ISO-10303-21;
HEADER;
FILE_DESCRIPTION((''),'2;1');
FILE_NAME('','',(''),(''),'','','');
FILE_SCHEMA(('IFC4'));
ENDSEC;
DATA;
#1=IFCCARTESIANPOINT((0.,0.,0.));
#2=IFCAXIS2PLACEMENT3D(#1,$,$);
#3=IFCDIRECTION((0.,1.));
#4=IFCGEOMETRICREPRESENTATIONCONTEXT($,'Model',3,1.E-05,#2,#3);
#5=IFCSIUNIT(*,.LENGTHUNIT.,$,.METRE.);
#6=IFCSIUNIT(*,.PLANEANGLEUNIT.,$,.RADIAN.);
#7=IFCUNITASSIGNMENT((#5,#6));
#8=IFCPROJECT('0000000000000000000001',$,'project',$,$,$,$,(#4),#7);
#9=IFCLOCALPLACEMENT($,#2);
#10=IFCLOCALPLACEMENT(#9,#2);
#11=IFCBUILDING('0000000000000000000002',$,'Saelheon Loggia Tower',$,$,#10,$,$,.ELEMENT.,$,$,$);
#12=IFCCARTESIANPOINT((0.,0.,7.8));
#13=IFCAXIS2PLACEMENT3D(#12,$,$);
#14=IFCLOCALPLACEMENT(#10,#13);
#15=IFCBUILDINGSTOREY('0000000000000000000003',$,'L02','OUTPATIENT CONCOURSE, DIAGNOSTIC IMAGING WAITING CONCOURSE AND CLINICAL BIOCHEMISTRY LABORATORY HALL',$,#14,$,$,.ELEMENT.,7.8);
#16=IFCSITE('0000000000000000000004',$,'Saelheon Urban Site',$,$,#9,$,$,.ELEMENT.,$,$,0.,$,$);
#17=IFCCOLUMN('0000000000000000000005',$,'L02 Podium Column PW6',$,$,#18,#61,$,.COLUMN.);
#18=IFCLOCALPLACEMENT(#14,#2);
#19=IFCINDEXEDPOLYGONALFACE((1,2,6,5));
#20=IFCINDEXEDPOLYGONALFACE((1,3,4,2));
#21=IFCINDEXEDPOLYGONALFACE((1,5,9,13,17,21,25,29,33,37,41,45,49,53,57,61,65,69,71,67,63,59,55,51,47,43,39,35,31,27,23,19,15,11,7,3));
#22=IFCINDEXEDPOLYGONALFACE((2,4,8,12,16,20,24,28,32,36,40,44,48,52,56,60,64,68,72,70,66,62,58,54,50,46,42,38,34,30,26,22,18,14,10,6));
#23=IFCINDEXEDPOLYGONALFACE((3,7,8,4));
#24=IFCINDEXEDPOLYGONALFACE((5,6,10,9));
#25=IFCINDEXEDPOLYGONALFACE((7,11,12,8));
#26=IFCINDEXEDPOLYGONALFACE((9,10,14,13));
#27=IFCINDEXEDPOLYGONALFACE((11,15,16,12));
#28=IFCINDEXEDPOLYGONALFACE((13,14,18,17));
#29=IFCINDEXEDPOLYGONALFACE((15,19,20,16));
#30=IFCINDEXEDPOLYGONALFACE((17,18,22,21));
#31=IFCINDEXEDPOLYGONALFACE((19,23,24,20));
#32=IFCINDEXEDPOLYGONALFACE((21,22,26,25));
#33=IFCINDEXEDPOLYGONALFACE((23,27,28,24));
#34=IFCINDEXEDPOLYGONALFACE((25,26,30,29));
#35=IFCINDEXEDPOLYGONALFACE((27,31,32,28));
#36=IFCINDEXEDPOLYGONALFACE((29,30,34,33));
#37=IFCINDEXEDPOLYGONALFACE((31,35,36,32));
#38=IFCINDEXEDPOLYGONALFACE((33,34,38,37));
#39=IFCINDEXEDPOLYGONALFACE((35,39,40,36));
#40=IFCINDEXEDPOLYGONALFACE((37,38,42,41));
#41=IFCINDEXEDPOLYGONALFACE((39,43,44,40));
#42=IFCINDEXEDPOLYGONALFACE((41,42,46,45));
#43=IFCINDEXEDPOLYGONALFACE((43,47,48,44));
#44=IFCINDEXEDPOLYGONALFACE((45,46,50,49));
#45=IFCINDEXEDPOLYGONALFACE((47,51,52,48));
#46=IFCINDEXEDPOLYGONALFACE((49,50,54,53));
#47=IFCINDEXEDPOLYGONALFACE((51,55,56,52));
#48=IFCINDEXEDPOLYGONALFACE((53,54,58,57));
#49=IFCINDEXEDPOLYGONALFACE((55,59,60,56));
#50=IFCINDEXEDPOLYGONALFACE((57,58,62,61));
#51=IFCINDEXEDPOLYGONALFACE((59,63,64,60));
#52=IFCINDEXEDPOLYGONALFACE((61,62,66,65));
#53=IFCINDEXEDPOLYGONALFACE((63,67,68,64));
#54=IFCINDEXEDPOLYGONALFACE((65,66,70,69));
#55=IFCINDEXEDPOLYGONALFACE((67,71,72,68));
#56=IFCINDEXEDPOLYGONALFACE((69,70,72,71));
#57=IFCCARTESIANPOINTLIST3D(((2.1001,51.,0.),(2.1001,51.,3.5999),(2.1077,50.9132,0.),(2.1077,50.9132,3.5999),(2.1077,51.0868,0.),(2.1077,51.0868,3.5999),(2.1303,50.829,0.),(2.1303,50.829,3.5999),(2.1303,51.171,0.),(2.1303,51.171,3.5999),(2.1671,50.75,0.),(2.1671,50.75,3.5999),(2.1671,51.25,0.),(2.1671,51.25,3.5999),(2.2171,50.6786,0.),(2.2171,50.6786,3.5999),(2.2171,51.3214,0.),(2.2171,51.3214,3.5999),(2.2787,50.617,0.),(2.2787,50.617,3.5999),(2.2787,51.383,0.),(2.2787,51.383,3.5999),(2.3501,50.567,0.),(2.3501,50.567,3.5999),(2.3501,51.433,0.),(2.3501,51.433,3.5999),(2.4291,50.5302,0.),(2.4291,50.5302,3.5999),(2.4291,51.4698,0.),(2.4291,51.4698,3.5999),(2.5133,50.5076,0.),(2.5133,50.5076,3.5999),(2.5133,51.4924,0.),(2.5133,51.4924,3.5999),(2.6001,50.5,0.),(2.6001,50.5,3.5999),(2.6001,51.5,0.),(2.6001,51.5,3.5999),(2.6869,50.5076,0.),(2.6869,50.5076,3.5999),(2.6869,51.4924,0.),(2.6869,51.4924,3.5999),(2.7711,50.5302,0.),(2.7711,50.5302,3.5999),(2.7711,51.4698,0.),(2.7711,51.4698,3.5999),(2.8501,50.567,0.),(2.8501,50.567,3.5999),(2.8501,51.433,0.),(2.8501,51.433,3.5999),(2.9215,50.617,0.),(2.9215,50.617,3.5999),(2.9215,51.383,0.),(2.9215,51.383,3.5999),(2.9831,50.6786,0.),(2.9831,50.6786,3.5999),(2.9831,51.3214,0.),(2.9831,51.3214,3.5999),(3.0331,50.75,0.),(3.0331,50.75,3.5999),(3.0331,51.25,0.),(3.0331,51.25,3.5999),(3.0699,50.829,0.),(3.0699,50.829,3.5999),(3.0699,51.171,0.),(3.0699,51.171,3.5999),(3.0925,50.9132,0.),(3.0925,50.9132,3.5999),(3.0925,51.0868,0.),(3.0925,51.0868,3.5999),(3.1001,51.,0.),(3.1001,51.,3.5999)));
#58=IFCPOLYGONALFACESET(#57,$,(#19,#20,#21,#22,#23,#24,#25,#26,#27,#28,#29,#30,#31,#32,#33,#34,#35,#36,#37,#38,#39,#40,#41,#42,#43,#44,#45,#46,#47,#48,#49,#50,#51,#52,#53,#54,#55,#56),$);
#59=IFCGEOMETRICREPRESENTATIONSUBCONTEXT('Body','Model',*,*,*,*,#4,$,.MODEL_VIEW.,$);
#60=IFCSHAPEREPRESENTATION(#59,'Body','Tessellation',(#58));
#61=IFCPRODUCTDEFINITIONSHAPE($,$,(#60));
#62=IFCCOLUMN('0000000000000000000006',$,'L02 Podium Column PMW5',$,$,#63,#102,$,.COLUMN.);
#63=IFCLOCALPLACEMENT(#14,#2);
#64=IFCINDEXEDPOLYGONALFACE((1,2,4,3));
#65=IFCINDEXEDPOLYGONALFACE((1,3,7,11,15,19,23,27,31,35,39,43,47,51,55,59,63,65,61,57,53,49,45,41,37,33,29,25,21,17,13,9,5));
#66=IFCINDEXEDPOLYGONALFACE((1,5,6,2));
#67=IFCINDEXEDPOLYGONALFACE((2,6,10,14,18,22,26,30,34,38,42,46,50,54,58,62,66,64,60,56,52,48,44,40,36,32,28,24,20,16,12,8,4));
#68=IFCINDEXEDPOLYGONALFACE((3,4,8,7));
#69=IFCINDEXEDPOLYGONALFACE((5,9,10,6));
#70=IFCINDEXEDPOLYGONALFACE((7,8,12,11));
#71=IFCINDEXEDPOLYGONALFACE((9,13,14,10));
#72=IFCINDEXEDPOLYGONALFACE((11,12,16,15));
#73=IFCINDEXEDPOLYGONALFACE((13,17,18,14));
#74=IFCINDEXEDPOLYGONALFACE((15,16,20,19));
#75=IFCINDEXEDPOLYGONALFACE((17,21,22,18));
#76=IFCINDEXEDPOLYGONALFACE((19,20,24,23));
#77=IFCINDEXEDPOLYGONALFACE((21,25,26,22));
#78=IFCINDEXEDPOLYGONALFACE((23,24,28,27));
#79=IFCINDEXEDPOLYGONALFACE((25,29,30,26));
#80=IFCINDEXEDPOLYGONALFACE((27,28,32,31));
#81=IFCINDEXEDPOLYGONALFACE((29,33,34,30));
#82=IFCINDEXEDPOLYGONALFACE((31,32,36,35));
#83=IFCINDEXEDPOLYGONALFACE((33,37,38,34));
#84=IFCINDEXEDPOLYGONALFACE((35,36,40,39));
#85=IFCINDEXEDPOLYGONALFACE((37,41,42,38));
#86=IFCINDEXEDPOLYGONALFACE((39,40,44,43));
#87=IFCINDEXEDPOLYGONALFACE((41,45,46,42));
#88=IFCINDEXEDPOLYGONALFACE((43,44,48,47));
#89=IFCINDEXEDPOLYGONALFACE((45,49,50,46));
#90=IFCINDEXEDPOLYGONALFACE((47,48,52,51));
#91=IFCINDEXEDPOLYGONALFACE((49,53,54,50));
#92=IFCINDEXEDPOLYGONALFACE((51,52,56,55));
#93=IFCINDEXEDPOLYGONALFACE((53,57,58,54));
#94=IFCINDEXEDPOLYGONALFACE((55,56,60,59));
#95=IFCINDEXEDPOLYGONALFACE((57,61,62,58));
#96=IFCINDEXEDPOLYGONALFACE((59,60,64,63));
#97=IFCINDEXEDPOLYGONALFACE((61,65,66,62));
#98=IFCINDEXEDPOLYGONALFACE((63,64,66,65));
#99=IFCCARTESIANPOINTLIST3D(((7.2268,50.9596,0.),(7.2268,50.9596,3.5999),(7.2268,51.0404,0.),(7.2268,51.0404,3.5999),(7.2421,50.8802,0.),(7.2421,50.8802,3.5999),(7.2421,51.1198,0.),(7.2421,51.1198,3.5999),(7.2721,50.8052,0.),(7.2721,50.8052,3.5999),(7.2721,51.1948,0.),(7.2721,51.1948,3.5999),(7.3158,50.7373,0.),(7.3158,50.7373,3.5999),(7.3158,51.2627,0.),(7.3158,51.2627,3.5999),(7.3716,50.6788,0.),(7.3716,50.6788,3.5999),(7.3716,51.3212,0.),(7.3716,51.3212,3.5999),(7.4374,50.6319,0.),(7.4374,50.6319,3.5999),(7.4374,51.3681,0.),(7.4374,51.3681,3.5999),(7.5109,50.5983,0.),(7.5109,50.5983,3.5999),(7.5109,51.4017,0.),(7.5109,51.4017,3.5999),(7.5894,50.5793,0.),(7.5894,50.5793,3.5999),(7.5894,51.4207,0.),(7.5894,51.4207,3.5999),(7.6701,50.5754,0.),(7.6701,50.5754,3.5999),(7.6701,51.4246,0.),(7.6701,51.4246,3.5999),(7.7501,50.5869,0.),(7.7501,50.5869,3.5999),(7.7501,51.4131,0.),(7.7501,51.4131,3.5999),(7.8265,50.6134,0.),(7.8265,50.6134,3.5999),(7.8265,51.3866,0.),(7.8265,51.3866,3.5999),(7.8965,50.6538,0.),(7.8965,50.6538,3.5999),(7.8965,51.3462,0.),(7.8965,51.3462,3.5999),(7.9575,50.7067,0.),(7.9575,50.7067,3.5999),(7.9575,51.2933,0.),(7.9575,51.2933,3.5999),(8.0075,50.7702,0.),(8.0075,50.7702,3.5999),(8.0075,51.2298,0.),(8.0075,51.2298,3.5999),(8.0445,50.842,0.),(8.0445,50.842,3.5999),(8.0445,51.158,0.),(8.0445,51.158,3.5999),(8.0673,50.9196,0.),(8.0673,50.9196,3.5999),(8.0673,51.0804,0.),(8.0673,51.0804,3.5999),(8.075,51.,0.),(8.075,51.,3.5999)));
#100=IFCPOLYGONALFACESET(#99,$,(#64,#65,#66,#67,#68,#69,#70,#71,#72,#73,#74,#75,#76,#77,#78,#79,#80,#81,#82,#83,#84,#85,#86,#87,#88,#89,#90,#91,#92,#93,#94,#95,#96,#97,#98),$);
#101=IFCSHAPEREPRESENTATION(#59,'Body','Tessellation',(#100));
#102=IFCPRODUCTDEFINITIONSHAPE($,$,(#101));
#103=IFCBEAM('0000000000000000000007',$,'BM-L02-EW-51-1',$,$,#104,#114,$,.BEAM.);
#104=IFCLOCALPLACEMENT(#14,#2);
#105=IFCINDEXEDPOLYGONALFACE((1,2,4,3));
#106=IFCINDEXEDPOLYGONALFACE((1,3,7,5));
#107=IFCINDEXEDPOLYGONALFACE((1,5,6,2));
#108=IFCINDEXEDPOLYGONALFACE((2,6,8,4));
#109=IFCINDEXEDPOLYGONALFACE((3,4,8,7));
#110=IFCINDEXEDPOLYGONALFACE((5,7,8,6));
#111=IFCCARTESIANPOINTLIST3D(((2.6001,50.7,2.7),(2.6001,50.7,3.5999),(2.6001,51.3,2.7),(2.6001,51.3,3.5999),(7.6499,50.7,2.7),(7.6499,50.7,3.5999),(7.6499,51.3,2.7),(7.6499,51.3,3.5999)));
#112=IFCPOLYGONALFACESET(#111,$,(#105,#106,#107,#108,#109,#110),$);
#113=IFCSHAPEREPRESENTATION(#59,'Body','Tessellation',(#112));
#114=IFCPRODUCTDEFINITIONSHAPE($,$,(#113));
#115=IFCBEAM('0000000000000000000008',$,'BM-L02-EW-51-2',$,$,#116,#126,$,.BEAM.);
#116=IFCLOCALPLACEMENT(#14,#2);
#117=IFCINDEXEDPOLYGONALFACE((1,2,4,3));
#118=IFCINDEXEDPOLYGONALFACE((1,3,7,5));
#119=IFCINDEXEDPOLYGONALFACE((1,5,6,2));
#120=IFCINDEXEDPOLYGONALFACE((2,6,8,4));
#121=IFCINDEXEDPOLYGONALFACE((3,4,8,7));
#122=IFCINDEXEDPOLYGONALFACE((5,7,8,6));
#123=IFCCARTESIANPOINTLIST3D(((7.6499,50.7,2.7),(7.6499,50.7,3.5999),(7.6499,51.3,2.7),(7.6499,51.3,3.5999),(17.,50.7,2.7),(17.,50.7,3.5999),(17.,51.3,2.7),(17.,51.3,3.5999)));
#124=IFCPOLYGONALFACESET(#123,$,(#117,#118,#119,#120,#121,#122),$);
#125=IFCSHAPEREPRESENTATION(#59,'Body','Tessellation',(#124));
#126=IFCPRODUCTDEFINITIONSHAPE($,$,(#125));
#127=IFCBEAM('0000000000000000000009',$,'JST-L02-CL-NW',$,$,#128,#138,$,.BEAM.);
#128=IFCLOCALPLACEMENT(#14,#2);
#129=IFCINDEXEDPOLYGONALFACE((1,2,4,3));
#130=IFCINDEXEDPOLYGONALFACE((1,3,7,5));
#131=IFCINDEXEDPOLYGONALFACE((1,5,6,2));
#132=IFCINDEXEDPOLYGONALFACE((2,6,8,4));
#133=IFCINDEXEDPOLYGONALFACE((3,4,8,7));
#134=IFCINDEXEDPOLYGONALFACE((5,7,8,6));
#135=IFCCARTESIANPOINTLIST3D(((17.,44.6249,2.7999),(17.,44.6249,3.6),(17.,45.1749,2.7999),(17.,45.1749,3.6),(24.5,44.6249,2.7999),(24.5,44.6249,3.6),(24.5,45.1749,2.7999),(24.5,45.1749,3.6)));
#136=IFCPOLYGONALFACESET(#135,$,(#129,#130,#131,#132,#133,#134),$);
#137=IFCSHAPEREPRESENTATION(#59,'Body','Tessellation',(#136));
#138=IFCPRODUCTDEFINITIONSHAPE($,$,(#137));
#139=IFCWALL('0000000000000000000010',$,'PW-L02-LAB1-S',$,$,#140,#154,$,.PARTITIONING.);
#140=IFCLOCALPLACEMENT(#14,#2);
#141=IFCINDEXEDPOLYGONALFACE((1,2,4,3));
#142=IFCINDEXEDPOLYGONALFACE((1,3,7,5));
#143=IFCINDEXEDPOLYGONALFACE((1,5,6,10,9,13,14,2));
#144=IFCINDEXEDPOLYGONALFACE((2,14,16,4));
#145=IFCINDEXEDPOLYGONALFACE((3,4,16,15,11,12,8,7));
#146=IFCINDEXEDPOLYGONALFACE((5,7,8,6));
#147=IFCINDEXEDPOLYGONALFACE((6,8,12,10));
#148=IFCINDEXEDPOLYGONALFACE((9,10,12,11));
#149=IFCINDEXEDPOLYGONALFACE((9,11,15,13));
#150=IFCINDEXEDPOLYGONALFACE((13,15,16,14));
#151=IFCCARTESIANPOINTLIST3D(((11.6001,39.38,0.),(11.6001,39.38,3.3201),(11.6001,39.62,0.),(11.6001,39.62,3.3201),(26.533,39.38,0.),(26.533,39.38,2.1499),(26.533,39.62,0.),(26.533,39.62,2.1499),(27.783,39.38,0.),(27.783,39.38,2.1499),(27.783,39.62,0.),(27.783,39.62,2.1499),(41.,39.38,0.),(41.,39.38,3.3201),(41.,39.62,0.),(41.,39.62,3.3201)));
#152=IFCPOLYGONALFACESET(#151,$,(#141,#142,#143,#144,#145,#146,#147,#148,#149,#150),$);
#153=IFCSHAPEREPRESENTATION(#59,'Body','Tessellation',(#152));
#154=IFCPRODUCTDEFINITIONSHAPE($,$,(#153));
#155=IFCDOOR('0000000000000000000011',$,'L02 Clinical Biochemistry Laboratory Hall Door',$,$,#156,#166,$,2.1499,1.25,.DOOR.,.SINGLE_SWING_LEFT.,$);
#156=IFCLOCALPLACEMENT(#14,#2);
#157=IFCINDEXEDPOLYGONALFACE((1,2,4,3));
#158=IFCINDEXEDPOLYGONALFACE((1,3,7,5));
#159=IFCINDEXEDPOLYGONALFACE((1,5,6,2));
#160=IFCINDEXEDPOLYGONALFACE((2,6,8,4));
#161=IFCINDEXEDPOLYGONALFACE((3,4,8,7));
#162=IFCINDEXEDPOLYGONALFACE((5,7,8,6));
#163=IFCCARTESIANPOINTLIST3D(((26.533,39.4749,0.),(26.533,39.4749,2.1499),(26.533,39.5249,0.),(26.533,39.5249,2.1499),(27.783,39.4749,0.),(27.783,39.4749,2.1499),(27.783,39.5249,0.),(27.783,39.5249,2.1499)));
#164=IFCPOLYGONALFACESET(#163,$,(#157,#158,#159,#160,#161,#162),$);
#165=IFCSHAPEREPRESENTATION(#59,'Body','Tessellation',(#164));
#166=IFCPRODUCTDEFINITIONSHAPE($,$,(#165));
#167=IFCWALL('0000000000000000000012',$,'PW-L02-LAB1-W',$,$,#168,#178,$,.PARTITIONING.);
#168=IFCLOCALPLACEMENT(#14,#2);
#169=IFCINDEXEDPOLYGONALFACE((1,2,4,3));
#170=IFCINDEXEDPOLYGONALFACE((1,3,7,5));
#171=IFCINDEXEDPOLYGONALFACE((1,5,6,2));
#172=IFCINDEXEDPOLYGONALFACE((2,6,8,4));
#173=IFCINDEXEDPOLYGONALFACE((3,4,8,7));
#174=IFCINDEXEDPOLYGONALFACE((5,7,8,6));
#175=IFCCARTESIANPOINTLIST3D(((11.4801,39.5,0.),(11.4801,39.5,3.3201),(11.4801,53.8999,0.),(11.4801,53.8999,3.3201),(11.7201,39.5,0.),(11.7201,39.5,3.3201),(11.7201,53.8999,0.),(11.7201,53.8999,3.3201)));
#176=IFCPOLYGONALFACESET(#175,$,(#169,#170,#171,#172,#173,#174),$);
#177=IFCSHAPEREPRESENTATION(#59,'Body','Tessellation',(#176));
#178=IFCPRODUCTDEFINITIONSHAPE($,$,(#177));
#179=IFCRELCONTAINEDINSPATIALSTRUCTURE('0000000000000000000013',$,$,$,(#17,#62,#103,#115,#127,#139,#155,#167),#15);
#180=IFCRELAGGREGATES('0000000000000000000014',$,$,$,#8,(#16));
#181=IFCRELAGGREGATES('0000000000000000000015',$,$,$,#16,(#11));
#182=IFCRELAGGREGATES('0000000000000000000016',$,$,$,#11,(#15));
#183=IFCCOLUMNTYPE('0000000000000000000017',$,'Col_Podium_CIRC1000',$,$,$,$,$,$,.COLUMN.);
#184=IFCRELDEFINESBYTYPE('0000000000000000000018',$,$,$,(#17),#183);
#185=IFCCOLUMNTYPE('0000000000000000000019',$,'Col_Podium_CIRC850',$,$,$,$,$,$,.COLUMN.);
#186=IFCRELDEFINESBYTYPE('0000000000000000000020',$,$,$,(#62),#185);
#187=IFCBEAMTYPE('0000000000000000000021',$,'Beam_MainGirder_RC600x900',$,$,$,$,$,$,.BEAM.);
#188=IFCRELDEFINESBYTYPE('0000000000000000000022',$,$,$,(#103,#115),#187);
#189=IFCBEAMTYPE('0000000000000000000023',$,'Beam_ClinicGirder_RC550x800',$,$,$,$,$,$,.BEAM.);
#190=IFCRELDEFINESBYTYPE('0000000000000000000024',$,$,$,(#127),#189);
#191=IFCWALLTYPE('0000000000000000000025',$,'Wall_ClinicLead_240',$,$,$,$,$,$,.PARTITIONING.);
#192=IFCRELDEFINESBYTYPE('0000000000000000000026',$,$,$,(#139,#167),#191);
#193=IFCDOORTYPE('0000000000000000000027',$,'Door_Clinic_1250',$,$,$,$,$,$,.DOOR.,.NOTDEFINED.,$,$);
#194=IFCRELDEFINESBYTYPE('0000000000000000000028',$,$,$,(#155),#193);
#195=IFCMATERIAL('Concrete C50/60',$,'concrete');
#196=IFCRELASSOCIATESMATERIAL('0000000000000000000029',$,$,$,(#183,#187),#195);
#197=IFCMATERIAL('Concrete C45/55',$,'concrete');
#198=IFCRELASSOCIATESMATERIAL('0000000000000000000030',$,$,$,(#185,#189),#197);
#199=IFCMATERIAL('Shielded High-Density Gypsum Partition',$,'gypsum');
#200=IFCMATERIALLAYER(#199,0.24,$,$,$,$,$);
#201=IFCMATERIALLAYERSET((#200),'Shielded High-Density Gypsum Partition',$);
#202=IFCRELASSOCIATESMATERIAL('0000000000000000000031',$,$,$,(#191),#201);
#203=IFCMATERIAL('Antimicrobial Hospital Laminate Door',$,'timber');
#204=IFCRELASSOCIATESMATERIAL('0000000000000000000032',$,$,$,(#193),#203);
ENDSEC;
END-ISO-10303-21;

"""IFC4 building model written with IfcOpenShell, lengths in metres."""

from ifc_helpers import new_model, si_unit, direction, frame, frame_2d, origin, origin_2d, place, context, subcontext, project, spatial, rectangle, circle, extrude, source, transform, mapped, material, layer, layer_set, material_profile, profile_set, type_object, element, fill, save


model = new_model("IFC4")

# Units and contexts
model_context = context("Model", 3, precision=1e-05, world=origin(), true_north=direction((0.0, 1.0)))
body_context = subcontext(model_context, "Body", "Model", "MODEL_VIEW")
ifc_project = project(units=[si_unit("LENGTHUNIT", "METRE"), si_unit("PLANEANGLEUNIT", "RADIAN")], contexts=[model_context])

# Site, building, storey
site_placement = place(None, origin())
site = spatial("IfcSite", under=ifc_project, at=site_placement, Name="Saelheon Urban Site", CompositionType="ELEMENT", RefElevation=0.0)
building_placement = place(site_placement, origin())
building = spatial("IfcBuilding", under=site, at=building_placement, Name="Saelheon Loggia Tower", CompositionType="ELEMENT")
storey_placement = place(building_placement, frame((0.0, 0.0, 7.8)))
storey = spatial("IfcBuildingStorey", under=building, at=storey_placement, Name="L02", Description="OUTPATIENT CONCOURSE, DIAGNOSTIC IMAGING WAITING CONCOURSE AND CLINICAL BIOCHEMISTRY LABORATORY HALL", CompositionType="ELEMENT", Elevation=7.8)

# Columns
ifc_material_1 = material(Name="Concrete C50/60", Category="concrete")
ifc_material_profile_1 = material_profile(ifc_material_1, circle(Radius=0.5, at=origin_2d()), Name="CIRC-1000")
ifc_profile_set_1 = profile_set([ifc_material_profile_1], Name="Concrete C50/60")
column_type_1 = type_object("IfcColumnType", Name="Col_Podium_CIRC1000", PredefinedType="COLUMN", material=ifc_profile_set_1)
shared_shape_1 = source(origin(), body_context, "Body", "SweptSolid", [
    extrude(circle(Radius=0.5, at=origin_2d()), origin(), (0.0, 0.0, 1.0), 3.5999),
])
column_1_placement = place(storey_placement, frame((2.6001, 51.0, 0.0), z_axis=(0.0, 0.0, 1.0), x_axis=(1.0, 0.0, 0.0)))
element("IfcColumn", 1, at=column_1_placement, inside=storey, type_object=column_type_1, Name="L02 Podium Column PW6", PredefinedType="COLUMN", context=body_context, shape_type="MappedRepresentation", body=[
    mapped(shared_shape_1, transform((0.0, 0.0, 0.0), scale=1.0)),
])
ifc_material_2 = material(Name="Concrete C45/55", Category="concrete")
ifc_material_profile_2 = material_profile(ifc_material_2, circle(Radius=0.425, at=origin_2d()), Name="CIRC-850")
ifc_profile_set_2 = profile_set([ifc_material_profile_2], Name="Concrete C45/55")
column_type_2 = type_object("IfcColumnType", Name="Col_Podium_CIRC850", PredefinedType="COLUMN", material=ifc_profile_set_2)
shared_shape_2 = source(origin(), body_context, "Body", "SweptSolid", [
    extrude(circle(Radius=0.425, at=origin_2d()), origin(), (0.0, 0.0, 1.0), 3.5999),
])
column_2_placement = place(storey_placement, frame((7.6499, 51.0, 0.0), z_axis=(0.0, 0.0, 1.0), x_axis=(1.0, 0.0, 0.0)))
element("IfcColumn", 2, at=column_2_placement, inside=storey, type_object=column_type_2, Name="L02 Podium Column PMW5", PredefinedType="COLUMN", context=body_context, shape_type="MappedRepresentation", body=[
    mapped(shared_shape_2, transform((0.0, 0.0, 0.0), scale=1.0)),
])

# Beams
ifc_material_profile_3 = material_profile(ifc_material_1, rectangle(XDim=0.6001, YDim=0.8999, at=origin_2d()), Name="RC-600x900")
ifc_profile_set_3 = profile_set([ifc_material_profile_3], Name="Concrete C50/60")
beam_type_1 = type_object("IfcBeamType", Name="Beam_MainGirder_RC600x900", PredefinedType="BEAM", material=ifc_profile_set_3)
shared_shape_3 = source(origin(), body_context, "Body", "SweptSolid", [
    extrude(rectangle(XDim=0.6001, YDim=0.8999, at=origin_2d()), origin(), (0.0, 0.0, 1.0), 5.0498),
])
beam_1_placement = place(storey_placement, frame((2.6001, 51.0, 3.1499), z_axis=(1.0, 0.0, 0.0), x_axis=(0.0, 1.0, 0.0)))
element("IfcBeam", 3, at=beam_1_placement, inside=storey, type_object=beam_type_1, Name="BM-L02-EW-51-1", PredefinedType="BEAM", context=body_context, shape_type="MappedRepresentation", body=[
    mapped(shared_shape_3, transform((0.0, 0.0, 0.0), scale=1.0)),
])
shared_shape_4 = source(origin(), body_context, "Body", "SweptSolid", [
    extrude(rectangle(XDim=0.6001, YDim=0.8999, at=origin_2d()), origin(), (0.0, 0.0, 1.0), 9.3501),
])
beam_2_placement = place(storey_placement, frame((7.6499, 51.0, 3.1499), z_axis=(1.0, 0.0, 0.0), x_axis=(0.0, 1.0, 0.0)))
element("IfcBeam", 4, at=beam_2_placement, inside=storey, type_object=beam_type_1, Name="BM-L02-EW-51-2", PredefinedType="BEAM", context=body_context, shape_type="MappedRepresentation", body=[
    mapped(shared_shape_4, transform((0.0, 0.0, 0.0), scale=1.0)),
])
ifc_material_profile_4 = material_profile(ifc_material_2, rectangle(XDim=0.55, YDim=0.8, at=origin_2d()), Name="RC-550x800")
ifc_profile_set_4 = profile_set([ifc_material_profile_4], Name="Concrete C45/55")
beam_type_2 = type_object("IfcBeamType", Name="Beam_ClinicGirder_RC550x800", PredefinedType="BEAM", material=ifc_profile_set_4)
shared_shape_5 = source(origin(), body_context, "Body", "SweptSolid", [
    extrude(rectangle(XDim=0.55, YDim=0.8, at=origin_2d()), origin(), (0.0, 0.0, 1.0), 7.5),
])
beam_3_placement = place(storey_placement, frame((17.0, 44.8999, 3.2), z_axis=(1.0, 0.0, 0.0), x_axis=(0.0, 1.0, 0.0)))
element("IfcBeam", 5, at=beam_3_placement, inside=storey, type_object=beam_type_2, Name="JST-L02-CL-NW", PredefinedType="BEAM", context=body_context, shape_type="MappedRepresentation", body=[
    mapped(shared_shape_5, transform((0.0, 0.0, 0.0), scale=1.0)),
])

# Wall, opening, door
ifc_material_3 = material(Name="Shielded High-Density Gypsum Partition", Category="gypsum")
ifc_layer_1 = layer(ifc_material_3, 0.24)
ifc_layer_set_1 = layer_set([ifc_layer_1], Name="Shielded High-Density Gypsum Partition")
wall_type_1 = type_object("IfcWallType", Name="Wall_ClinicLead_240", PredefinedType="PARTITIONING", material=ifc_layer_set_1)
wall_1_placement = place(storey_placement, frame((11.6001, 39.5, 0.0), z_axis=(0.0, 0.0, 1.0), x_axis=(1.0, 0.0, 0.0)))
wall_1 = element("IfcWall", 6, at=wall_1_placement, inside=storey, type_object=wall_type_1, Name="PW-L02-LAB1-S", PredefinedType="PARTITIONING", context=body_context, shape_type="SweptSolid", body=[
    extrude(rectangle(XDim=29.3999, YDim=0.24, at=frame_2d((14.7, 0.0))), origin(), (0.0, 0.0, 1.0), 3.3201),
])
opening_1_placement = place(wall_1_placement, frame((14.9329, 0.0, 0.0)))
opening_1 = element("IfcOpeningElement", 7, at=opening_1_placement, cuts=wall_1, PredefinedType="OPENING", context=body_context, shape_type="SweptSolid", body=[
    extrude(rectangle(XDim=1.25, YDim=2.1499, at=frame_2d((0.625, 1.075))), frame((0.0, 0.1321, 0.0), z_axis=(0.0, -1.0, 0.0), x_axis=(1.0, 0.0, 0.0)), (0.0, 0.0, 1.0), 0.2639),
])
ifc_material_4 = material(Name="Antimicrobial Hospital Laminate Door", Category="timber")
door_type_1 = type_object("IfcDoorType", Name="Door_Clinic_1250", OperationType="NOTDEFINED", PredefinedType="DOOR", material=ifc_material_4)
shared_shape_6 = source(origin(), body_context, "Body", "SweptSolid", [
    extrude(rectangle(XDim=1.25, YDim=2.1499, at=frame_2d((0.625, 1.075))), frame((0.0, 0.0249, 0.0), z_axis=(0.0, -1.0, 0.0), x_axis=(1.0, 0.0, 0.0)), (0.0, 0.0, 1.0), 0.05),
])
door_1_placement = place(opening_1_placement, origin())
door_1 = element("IfcDoor", 8, at=door_1_placement, inside=storey, type_object=door_type_1, Name="L02 Clinical Biochemistry Laboratory Hall Door", OperationType="SINGLE_SWING_LEFT", OverallHeight=2.1499, OverallWidth=1.25, PredefinedType="DOOR", context=body_context, shape_type="MappedRepresentation", body=[
    mapped(shared_shape_6, transform((0.0, 0.0, 0.0), scale=1.0)),
])
fill(opening_1, door_1)

# Wall
wall_2_placement = place(storey_placement, frame((11.6001, 39.5, 0.0), z_axis=(0.0, 0.0, 1.0), x_axis=(0.0, 1.0, 0.0)))
element("IfcWall", 9, at=wall_2_placement, inside=storey, type_object=wall_type_1, Name="PW-L02-LAB1-W", PredefinedType="PARTITIONING", context=body_context, shape_type="SweptSolid", body=[
    extrude(rectangle(XDim=14.3999, YDim=0.24, at=frame_2d((7.2, 0.0))), origin(), (0.0, 0.0, 1.0), 3.3201),
])

save(model, "model.ifc")
